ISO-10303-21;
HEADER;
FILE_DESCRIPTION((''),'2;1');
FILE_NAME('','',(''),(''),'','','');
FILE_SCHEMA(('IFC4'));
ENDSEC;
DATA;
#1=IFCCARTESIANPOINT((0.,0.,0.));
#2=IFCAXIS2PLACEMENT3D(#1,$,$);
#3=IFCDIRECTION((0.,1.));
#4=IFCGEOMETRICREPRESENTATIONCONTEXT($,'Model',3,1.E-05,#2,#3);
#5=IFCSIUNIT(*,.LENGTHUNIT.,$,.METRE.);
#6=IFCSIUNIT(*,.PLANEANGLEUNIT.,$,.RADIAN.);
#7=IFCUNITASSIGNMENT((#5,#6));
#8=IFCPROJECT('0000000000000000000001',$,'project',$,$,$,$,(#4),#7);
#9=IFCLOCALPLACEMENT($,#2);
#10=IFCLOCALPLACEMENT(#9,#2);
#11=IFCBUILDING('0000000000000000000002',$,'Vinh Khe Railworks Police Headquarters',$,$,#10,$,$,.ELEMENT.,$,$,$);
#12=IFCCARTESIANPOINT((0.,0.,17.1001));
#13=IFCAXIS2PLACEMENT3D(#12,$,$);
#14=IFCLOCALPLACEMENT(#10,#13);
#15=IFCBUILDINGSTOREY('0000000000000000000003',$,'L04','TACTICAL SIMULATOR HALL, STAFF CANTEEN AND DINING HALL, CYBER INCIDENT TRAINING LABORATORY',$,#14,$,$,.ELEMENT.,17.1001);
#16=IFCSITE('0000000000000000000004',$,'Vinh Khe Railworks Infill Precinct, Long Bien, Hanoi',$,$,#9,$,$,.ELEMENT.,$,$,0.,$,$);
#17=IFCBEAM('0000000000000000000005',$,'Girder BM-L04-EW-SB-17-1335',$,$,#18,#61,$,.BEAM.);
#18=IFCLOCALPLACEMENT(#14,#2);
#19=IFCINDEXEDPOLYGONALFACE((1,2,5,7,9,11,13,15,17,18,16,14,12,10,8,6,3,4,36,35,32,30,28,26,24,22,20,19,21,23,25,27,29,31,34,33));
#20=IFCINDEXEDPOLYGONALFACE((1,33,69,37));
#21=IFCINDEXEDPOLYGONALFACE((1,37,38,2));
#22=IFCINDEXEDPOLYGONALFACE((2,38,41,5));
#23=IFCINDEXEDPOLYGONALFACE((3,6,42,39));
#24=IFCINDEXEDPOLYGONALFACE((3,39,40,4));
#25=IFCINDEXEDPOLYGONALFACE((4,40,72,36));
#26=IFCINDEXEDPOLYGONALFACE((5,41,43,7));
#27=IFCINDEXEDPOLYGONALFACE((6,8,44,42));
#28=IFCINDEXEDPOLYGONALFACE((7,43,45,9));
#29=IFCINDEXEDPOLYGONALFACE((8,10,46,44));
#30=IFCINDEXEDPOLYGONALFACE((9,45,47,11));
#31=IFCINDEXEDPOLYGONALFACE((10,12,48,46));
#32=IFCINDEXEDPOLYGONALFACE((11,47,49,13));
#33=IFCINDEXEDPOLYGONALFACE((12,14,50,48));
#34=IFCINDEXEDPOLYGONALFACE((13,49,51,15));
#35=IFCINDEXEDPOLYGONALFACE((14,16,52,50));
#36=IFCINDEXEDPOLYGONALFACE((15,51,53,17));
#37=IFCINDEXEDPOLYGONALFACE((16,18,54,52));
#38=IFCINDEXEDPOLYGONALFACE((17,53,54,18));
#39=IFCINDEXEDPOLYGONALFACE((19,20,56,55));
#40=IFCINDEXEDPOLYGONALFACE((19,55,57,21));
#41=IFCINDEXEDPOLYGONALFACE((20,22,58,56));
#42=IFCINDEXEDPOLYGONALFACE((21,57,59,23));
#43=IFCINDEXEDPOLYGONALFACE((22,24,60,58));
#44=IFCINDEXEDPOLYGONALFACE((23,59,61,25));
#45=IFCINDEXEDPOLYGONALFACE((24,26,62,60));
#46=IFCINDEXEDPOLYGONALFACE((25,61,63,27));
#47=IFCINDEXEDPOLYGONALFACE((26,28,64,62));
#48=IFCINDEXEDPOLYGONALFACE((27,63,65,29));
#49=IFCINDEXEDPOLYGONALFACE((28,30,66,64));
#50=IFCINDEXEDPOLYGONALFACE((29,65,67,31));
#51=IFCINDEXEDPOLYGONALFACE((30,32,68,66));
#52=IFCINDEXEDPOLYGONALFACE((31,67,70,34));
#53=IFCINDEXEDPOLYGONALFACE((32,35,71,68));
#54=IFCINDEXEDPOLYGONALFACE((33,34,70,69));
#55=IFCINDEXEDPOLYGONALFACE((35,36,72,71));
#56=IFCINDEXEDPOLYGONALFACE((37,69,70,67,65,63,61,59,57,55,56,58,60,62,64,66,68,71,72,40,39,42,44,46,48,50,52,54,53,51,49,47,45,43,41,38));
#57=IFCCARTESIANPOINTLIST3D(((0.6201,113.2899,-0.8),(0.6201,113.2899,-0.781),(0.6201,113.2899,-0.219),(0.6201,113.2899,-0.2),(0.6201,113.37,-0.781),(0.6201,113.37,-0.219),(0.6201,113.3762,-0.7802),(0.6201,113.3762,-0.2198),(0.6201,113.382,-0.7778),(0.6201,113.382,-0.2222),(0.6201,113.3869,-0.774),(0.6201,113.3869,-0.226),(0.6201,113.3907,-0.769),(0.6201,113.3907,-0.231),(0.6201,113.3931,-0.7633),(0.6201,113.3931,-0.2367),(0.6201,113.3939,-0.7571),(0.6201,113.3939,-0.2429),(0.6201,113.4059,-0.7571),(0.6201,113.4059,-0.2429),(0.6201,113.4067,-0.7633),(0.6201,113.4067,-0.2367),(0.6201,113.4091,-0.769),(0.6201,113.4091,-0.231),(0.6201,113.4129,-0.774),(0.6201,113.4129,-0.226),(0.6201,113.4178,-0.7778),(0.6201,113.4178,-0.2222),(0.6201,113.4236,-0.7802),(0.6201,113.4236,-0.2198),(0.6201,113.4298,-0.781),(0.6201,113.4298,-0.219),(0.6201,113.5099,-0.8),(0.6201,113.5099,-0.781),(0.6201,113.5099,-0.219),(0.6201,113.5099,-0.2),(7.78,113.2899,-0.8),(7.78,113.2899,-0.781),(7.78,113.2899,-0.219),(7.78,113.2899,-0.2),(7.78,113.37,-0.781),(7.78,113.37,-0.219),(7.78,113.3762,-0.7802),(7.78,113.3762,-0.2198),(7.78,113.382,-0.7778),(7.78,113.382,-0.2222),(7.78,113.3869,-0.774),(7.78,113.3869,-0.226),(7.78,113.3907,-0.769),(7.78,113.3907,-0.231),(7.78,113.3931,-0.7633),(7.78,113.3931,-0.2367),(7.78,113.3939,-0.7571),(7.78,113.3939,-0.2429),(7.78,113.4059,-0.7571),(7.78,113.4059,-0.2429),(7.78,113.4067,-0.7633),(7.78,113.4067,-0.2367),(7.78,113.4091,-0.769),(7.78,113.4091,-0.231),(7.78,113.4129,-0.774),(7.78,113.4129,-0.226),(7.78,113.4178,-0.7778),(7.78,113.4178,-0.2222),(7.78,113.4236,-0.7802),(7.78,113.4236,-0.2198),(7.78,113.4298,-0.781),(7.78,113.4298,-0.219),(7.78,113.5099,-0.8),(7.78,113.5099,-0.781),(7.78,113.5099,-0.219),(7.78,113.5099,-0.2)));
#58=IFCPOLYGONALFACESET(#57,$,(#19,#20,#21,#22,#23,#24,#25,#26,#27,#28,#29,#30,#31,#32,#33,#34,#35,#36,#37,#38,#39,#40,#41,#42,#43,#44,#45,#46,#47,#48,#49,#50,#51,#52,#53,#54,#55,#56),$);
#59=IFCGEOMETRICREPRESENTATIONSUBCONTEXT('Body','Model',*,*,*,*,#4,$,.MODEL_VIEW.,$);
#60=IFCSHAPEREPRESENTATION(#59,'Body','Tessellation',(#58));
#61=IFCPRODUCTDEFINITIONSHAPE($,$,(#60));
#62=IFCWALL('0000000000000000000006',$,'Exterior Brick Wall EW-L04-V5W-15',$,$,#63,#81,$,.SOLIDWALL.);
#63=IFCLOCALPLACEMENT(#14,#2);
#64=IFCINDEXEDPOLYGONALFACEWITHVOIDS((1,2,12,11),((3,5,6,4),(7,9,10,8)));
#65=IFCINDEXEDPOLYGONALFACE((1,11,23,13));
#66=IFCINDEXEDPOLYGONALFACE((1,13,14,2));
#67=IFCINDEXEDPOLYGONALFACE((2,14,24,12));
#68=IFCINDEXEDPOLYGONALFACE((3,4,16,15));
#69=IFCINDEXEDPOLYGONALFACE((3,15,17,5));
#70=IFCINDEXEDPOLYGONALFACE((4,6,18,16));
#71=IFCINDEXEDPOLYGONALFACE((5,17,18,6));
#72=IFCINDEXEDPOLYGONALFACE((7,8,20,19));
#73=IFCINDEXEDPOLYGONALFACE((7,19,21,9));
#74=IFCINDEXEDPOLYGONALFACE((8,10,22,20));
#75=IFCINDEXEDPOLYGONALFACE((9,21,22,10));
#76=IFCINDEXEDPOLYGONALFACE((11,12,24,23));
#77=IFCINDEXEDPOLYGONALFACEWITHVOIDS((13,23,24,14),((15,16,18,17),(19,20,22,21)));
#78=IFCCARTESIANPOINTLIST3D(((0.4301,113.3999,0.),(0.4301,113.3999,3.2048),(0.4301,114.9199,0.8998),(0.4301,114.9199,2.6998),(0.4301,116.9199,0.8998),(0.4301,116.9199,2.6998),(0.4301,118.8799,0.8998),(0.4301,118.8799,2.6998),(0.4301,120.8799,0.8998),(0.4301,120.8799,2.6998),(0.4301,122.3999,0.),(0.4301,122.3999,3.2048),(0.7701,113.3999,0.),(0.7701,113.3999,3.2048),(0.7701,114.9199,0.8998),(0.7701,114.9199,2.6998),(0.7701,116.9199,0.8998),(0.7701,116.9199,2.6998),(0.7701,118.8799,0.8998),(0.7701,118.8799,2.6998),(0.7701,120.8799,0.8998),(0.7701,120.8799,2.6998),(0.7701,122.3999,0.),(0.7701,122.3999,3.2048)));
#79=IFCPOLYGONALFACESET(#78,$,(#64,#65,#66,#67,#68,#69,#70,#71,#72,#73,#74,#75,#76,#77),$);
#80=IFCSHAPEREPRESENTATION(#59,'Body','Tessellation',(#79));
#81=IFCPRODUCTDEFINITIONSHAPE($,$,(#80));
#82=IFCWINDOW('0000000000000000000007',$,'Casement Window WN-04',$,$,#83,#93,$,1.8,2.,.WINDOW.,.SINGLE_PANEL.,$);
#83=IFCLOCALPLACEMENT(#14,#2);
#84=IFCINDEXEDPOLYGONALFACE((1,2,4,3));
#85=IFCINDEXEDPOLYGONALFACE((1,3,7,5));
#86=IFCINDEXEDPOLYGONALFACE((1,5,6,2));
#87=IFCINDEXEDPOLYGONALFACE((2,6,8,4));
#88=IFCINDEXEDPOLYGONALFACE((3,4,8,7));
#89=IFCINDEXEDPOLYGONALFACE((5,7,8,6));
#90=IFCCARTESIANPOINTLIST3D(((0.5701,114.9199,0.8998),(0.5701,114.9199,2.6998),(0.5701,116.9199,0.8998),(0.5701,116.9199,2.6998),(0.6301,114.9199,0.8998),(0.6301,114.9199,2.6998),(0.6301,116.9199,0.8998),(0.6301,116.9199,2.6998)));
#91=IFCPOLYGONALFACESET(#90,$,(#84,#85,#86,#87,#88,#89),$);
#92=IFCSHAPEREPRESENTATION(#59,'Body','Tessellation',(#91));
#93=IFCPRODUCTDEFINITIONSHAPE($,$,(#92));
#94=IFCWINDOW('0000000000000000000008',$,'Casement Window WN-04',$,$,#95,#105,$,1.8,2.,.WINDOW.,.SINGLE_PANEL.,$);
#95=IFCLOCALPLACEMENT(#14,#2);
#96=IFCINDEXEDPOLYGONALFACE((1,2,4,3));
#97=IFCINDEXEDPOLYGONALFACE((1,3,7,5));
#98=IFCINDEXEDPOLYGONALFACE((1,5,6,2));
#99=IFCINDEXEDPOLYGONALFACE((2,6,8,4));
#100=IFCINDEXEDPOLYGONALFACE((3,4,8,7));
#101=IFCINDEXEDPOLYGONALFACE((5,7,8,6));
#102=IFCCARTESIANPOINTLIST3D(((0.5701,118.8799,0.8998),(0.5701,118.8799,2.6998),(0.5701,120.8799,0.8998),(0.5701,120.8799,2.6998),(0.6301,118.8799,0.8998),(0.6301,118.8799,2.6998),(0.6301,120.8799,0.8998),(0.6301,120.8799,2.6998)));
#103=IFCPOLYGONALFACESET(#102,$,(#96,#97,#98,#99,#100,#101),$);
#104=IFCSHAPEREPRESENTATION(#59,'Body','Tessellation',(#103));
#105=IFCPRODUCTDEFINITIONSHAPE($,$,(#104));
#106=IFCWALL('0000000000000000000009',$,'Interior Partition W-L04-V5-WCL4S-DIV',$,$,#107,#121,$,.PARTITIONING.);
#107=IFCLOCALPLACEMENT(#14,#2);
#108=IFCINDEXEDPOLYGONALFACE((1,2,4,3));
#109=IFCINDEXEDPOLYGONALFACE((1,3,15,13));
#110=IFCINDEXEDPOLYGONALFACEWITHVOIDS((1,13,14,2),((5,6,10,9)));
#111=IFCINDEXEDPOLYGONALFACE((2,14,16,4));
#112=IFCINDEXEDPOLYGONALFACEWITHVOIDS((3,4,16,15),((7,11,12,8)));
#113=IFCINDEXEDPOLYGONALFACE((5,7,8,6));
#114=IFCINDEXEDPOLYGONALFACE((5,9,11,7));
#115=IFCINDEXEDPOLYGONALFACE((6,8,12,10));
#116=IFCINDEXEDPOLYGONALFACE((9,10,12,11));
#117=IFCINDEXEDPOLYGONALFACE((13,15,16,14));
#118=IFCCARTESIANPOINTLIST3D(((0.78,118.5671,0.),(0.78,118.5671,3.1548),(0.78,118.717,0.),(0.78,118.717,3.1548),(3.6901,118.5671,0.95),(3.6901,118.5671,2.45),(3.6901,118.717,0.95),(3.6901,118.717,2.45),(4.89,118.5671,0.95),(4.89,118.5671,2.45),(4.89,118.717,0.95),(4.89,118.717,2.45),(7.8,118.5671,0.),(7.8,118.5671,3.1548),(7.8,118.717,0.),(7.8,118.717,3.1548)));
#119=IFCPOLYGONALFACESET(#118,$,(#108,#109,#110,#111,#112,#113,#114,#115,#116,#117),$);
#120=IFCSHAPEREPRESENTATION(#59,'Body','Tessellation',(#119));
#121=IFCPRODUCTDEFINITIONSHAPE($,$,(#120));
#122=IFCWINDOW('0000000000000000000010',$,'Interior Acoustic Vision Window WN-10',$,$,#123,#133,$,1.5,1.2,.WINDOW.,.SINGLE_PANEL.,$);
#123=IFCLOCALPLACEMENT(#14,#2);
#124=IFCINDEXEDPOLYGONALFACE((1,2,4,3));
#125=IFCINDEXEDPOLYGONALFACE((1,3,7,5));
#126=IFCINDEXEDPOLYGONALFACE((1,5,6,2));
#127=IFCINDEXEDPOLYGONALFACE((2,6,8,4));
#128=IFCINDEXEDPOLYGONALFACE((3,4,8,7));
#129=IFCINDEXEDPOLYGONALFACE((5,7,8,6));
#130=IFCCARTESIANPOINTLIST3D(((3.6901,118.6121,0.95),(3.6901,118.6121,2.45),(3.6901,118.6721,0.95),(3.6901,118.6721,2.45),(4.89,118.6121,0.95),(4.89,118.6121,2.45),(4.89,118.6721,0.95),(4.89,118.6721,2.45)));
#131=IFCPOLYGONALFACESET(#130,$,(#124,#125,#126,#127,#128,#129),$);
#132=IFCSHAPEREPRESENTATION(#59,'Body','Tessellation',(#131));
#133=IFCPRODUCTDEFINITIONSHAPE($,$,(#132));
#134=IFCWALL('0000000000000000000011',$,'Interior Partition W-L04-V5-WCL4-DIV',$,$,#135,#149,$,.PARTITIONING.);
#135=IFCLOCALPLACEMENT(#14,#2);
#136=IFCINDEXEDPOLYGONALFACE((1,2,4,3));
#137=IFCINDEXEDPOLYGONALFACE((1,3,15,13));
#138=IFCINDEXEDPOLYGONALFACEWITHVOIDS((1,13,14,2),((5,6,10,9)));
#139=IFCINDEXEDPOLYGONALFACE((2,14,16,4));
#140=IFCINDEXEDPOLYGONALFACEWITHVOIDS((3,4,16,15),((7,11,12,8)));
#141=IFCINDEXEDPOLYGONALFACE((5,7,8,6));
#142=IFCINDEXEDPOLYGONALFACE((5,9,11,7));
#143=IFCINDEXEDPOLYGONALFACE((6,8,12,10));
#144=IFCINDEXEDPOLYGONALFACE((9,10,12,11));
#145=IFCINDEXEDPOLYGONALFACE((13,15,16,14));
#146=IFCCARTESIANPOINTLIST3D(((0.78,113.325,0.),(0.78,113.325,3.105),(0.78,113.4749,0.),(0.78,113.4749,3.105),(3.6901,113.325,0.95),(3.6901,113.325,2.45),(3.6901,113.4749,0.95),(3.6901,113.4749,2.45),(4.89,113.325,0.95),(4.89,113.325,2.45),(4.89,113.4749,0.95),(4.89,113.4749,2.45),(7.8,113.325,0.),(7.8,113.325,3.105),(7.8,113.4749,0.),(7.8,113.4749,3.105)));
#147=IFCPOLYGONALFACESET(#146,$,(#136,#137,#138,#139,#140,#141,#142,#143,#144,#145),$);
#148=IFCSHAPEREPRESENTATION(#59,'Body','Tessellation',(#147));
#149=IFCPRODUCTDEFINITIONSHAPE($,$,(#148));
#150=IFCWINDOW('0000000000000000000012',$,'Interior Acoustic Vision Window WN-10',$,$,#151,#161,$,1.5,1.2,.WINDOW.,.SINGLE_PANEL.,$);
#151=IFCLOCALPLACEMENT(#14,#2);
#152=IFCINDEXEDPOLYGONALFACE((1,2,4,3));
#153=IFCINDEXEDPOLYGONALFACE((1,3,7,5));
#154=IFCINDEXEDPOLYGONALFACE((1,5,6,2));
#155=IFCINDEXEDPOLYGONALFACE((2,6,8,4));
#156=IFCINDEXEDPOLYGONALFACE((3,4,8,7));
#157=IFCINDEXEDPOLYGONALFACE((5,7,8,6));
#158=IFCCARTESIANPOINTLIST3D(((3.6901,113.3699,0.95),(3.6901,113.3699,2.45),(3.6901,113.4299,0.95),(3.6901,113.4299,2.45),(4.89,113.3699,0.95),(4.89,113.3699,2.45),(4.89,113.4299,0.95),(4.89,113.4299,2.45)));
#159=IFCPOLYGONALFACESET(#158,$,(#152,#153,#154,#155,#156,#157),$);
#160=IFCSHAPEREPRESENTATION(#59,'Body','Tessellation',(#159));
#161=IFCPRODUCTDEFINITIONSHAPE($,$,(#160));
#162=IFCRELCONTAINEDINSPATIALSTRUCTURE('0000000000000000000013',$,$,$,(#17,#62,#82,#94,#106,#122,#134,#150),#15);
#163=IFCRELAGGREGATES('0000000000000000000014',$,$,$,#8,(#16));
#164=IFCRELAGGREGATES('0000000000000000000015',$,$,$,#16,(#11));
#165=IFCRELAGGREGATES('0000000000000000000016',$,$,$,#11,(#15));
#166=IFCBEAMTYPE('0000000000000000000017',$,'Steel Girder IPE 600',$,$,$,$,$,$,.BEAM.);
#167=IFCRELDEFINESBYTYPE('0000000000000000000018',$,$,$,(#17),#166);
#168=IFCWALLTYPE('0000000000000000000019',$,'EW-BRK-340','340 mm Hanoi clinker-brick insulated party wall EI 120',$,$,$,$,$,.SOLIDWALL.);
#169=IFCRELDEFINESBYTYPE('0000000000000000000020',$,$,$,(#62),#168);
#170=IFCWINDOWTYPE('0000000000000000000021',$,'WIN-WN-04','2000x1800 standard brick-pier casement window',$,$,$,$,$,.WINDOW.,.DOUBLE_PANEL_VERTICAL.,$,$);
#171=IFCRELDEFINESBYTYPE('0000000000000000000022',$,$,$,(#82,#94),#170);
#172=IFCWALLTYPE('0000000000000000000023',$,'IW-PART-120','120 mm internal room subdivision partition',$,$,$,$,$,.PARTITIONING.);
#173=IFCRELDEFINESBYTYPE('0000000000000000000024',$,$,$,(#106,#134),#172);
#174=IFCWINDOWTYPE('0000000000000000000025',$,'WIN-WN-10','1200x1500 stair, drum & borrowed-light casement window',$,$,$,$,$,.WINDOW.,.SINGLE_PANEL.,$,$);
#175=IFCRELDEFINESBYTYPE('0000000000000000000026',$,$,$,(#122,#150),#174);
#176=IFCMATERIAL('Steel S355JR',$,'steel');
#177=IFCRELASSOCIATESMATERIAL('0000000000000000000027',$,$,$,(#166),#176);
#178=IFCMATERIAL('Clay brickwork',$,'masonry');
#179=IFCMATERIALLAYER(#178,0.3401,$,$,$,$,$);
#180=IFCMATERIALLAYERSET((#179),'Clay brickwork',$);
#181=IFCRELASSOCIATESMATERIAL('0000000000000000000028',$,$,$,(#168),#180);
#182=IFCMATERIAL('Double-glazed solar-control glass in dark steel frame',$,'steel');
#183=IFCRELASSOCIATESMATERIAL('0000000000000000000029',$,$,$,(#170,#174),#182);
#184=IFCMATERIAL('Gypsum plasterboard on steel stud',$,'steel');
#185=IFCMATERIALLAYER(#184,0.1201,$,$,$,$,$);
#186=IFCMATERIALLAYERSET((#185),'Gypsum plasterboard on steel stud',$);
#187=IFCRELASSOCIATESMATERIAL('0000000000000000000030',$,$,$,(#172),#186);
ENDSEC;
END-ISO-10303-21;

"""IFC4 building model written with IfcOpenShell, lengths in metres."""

from ifc_helpers import new_model, si_unit, direction, frame, frame_2d, origin, origin_2d, place, context, subcontext, project, spatial, rectangle, i_section, extrude, material, layer, layer_set, material_profile, profile_set, type_object, element, fill, save


model = new_model("IFC4")

# Units and contexts
model_context = context("Model", 3, precision=1e-05, world=origin(), true_north=direction((0.0, 1.0)))
body_context = subcontext(model_context, "Body", "Model", "MODEL_VIEW")
ifc_project = project(units=[si_unit("LENGTHUNIT", "METRE"), si_unit("PLANEANGLEUNIT", "RADIAN")], contexts=[model_context])

# Site, building, storey
site_placement = place(None, origin())
site = spatial("IfcSite", under=ifc_project, at=site_placement, Name="Vinh Khe Railworks Infill Precinct, Long Bien, Hanoi", CompositionType="ELEMENT", RefElevation=0.0)
building_placement = place(site_placement, origin())
building = spatial("IfcBuilding", under=site, at=building_placement, Name="Vinh Khe Railworks Police Headquarters", CompositionType="ELEMENT")
storey_placement = place(building_placement, frame((0.0, 0.0, 17.1001)))
storey = spatial("IfcBuildingStorey", under=building, at=storey_placement, Name="L04", Description="TACTICAL SIMULATOR HALL, STAFF CANTEEN AND DINING HALL, CYBER INCIDENT TRAINING LABORATORY", CompositionType="ELEMENT", Elevation=17.1001)

# Shared definitions
ifc_material_1 = material(Name="Steel S355JR", Category="steel")

# Beam
ifc_material_profile_1 = material_profile(ifc_material_1, i_section(OverallWidth=0.22, OverallDepth=0.6001, WebThickness=0.012, FlangeThickness=0.019, FilletRadius=0.0239, at=origin_2d()), Name="IPE 600")
ifc_profile_set_1 = profile_set([ifc_material_profile_1], Name="Steel S355JR")
beam_type_1 = type_object("IfcBeamType", Name="Steel Girder IPE 600", PredefinedType="BEAM", material=ifc_profile_set_1)
beam_1_placement = place(storey_placement, frame((0.6201, 113.3999, -0.5), z_axis=(1.0, 0.0, 0.0), x_axis=(0.0, 1.0, 0.0)))
element("IfcBeam", 1, at=beam_1_placement, inside=storey, type_object=beam_type_1, Name="Girder BM-L04-EW-SB-17-1335", PredefinedType="BEAM", context=body_context, shape_type="SweptSolid", body=[
    extrude(i_section(OverallWidth=0.22, OverallDepth=0.6001, WebThickness=0.012, FlangeThickness=0.019, FilletRadius=0.0239, at=origin_2d()), origin(), (0.0, 0.0, 1.0), 7.1599),
])

# Wall, openings, windows
ifc_material_2 = material(Name="Clay brickwork", Category="masonry")
ifc_layer_1 = layer(ifc_material_2, 0.3401)
ifc_layer_set_1 = layer_set([ifc_layer_1], Name="Clay brickwork")
wall_type_1 = type_object("IfcWallType", Name="EW-BRK-340", Description="340 mm Hanoi clinker-brick insulated party wall EI 120", PredefinedType="SOLIDWALL", material=ifc_layer_set_1)
wall_1_placement = place(storey_placement, frame((0.6001, 113.3999, 0.0), z_axis=(0.0, 0.0, 1.0), x_axis=(0.0, 1.0, 0.0)))
wall_1 = element("IfcWall", 2, at=wall_1_placement, inside=storey, type_object=wall_type_1, Name="Exterior Brick Wall EW-L04-V5W-15", PredefinedType="SOLIDWALL", context=body_context, shape_type="SweptSolid", body=[
    extrude(rectangle(XDim=9.0, YDim=0.3401, at=frame_2d((4.5, 0.0))), origin(), (0.0, 0.0, 1.0), 3.2048),
])
opening_1_placement = place(wall_1_placement, frame((1.52, 0.0, 0.8999)))
opening_1 = element("IfcOpeningElement", 3, at=opening_1_placement, cuts=wall_1, PredefinedType="OPENING", context=body_context, shape_type="SweptSolid", body=[
    extrude(rectangle(XDim=2.0, YDim=1.8, at=frame_2d((1.0, 0.8999))), frame((0.0, 0.1851, 0.0), z_axis=(0.0, -1.0, 0.0), x_axis=(1.0, 0.0, 0.0)), (0.0, 0.0, 1.0), 0.3699),
])
opening_2_placement = place(wall_1_placement, frame((5.48, 0.0, 0.8999)))
opening_2 = element("IfcOpeningElement", 4, at=opening_2_placement, cuts=wall_1, PredefinedType="OPENING", context=body_context, shape_type="SweptSolid", body=[
    extrude(rectangle(XDim=2.0, YDim=1.8, at=frame_2d((1.0, 0.8999))), frame((0.0, 0.1851, 0.0), z_axis=(0.0, -1.0, 0.0), x_axis=(1.0, 0.0, 0.0)), (0.0, 0.0, 1.0), 0.3699),
])
ifc_material_3 = material(Name="Double-glazed solar-control glass in dark steel frame", Category="steel")
window_type_1 = type_object("IfcWindowType", Name="WIN-WN-04", Description="2000x1800 standard brick-pier casement window", PartitioningType="DOUBLE_PANEL_VERTICAL", PredefinedType="WINDOW", material=ifc_material_3)
window_1_placement = place(opening_1_placement, origin())
window_1 = element("IfcWindow", 5, at=window_1_placement, inside=storey, type_object=window_type_1, Name="Casement Window WN-04", OverallHeight=1.8, OverallWidth=2.0, PartitioningType="SINGLE_PANEL", PredefinedType="WINDOW", context=body_context, shape_type="SweptSolid", body=[
    extrude(rectangle(XDim=2.0, YDim=1.8, at=frame_2d((1.0, 0.8999))), frame((0.0, 0.03, 0.0), z_axis=(0.0, -1.0, 0.0), x_axis=(1.0, 0.0, 0.0)), (0.0, 0.0, 1.0), 0.0601),
])
fill(opening_1, window_1)
window_2_placement = place(opening_2_placement, origin())
window_2 = element("IfcWindow", 6, at=window_2_placement, inside=storey, type_object=window_type_1, Name="Casement Window WN-04", OverallHeight=1.8, OverallWidth=2.0, PartitioningType="SINGLE_PANEL", PredefinedType="WINDOW", context=body_context, shape_type="SweptSolid", body=[
    extrude(rectangle(XDim=2.0, YDim=1.8, at=frame_2d((1.0, 0.8999))), frame((0.0, 0.03, 0.0), z_axis=(0.0, -1.0, 0.0), x_axis=(1.0, 0.0, 0.0)), (0.0, 0.0, 1.0), 0.0601),
])
fill(opening_2, window_2)

# Walls, openings, windows
ifc_material_4 = material(Name="Gypsum plasterboard on steel stud", Category="steel")
ifc_layer_2 = layer(ifc_material_4, 0.1201)
ifc_layer_set_2 = layer_set([ifc_layer_2], Name="Gypsum plasterboard on steel stud")
wall_type_2 = type_object("IfcWallType", Name="IW-PART-120", Description="120 mm internal room subdivision partition", PredefinedType="PARTITIONING", material=ifc_layer_set_2)
wall_2_placement = place(storey_placement, frame((0.78, 118.6421, 0.0), z_axis=(0.0, 0.0, 1.0), x_axis=(1.0, 0.0, 0.0)))
wall_2 = element("IfcWall", 7, at=wall_2_placement, inside=storey, type_object=wall_type_2, Name="Interior Partition W-L04-V5-WCL4S-DIV", PredefinedType="PARTITIONING", context=body_context, shape_type="SweptSolid", body=[
    extrude(rectangle(XDim=7.02, YDim=0.1499, at=frame_2d((3.51, 0.0))), origin(), (0.0, 0.0, 1.0), 3.1548),
])
opening_3_placement = place(wall_2_placement, frame((2.9099, 0.0, 0.95)))
opening_3 = element("IfcOpeningElement", 8, at=opening_3_placement, cuts=wall_2, PredefinedType="OPENING", context=body_context, shape_type="SweptSolid", body=[
    extrude(rectangle(XDim=1.2, YDim=1.5, at=frame_2d((0.6001, 0.75))), frame((0.0, 0.0898, 0.0), z_axis=(0.0, -1.0, 0.0), x_axis=(1.0, 0.0, 0.0)), (0.0, 0.0, 1.0), 0.1797),
])
window_type_2 = type_object("IfcWindowType", Name="WIN-WN-10", Description="1200x1500 stair, drum & borrowed-light casement window", PartitioningType="SINGLE_PANEL", PredefinedType="WINDOW", material=ifc_material_3)
window_3_placement = place(opening_3_placement, origin())
window_3 = element("IfcWindow", 9, at=window_3_placement, inside=storey, type_object=window_type_2, Name="Interior Acoustic Vision Window WN-10", OverallHeight=1.5, OverallWidth=1.2, PartitioningType="SINGLE_PANEL", PredefinedType="WINDOW", context=body_context, shape_type="SweptSolid", body=[
    extrude(rectangle(XDim=1.2, YDim=1.5, at=frame_2d((0.6001, 0.75))), frame((0.0, 0.03, 0.0), z_axis=(0.0, -1.0, 0.0), x_axis=(1.0, 0.0, 0.0)), (0.0, 0.0, 1.0), 0.0601),
])
fill(opening_3, window_3)
wall_3_placement = place(storey_placement, frame((0.78, 113.3999, 0.0), z_axis=(0.0, 0.0, 1.0), x_axis=(1.0, 0.0, 0.0)))
wall_3 = element("IfcWall", 10, at=wall_3_placement, inside=storey, type_object=wall_type_2, Name="Interior Partition W-L04-V5-WCL4-DIV", PredefinedType="PARTITIONING", context=body_context, shape_type="SweptSolid", body=[
    extrude(rectangle(XDim=7.02, YDim=0.1499, at=frame_2d((3.51, 0.0))), origin(), (0.0, 0.0, 1.0), 3.105),
])
opening_4_placement = place(wall_3_placement, frame((2.9099, 0.0, 0.95)))
opening_4 = element("IfcOpeningElement", 11, at=opening_4_placement, cuts=wall_3, PredefinedType="OPENING", context=body_context, shape_type="SweptSolid", body=[
    extrude(rectangle(XDim=1.2, YDim=1.5, at=frame_2d((0.6001, 0.75))), frame((0.0, 0.0898, 0.0), z_axis=(0.0, -1.0, 0.0), x_axis=(1.0, 0.0, 0.0)), (0.0, 0.0, 1.0), 0.1797),
])
window_4_placement = place(opening_4_placement, origin())
window_4 = element("IfcWindow", 12, at=window_4_placement, inside=storey, type_object=window_type_2, Name="Interior Acoustic Vision Window WN-10", OverallHeight=1.5, OverallWidth=1.2, PartitioningType="SINGLE_PANEL", PredefinedType="WINDOW", context=body_context, shape_type="SweptSolid", body=[
    extrude(rectangle(XDim=1.2, YDim=1.5, at=frame_2d((0.6001, 0.75))), frame((0.0, 0.03, 0.0), z_axis=(0.0, -1.0, 0.0), x_axis=(1.0, 0.0, 0.0)), (0.0, 0.0, 1.0), 0.0601),
])
fill(opening_4, window_4)

save(model, "model.ifc")
